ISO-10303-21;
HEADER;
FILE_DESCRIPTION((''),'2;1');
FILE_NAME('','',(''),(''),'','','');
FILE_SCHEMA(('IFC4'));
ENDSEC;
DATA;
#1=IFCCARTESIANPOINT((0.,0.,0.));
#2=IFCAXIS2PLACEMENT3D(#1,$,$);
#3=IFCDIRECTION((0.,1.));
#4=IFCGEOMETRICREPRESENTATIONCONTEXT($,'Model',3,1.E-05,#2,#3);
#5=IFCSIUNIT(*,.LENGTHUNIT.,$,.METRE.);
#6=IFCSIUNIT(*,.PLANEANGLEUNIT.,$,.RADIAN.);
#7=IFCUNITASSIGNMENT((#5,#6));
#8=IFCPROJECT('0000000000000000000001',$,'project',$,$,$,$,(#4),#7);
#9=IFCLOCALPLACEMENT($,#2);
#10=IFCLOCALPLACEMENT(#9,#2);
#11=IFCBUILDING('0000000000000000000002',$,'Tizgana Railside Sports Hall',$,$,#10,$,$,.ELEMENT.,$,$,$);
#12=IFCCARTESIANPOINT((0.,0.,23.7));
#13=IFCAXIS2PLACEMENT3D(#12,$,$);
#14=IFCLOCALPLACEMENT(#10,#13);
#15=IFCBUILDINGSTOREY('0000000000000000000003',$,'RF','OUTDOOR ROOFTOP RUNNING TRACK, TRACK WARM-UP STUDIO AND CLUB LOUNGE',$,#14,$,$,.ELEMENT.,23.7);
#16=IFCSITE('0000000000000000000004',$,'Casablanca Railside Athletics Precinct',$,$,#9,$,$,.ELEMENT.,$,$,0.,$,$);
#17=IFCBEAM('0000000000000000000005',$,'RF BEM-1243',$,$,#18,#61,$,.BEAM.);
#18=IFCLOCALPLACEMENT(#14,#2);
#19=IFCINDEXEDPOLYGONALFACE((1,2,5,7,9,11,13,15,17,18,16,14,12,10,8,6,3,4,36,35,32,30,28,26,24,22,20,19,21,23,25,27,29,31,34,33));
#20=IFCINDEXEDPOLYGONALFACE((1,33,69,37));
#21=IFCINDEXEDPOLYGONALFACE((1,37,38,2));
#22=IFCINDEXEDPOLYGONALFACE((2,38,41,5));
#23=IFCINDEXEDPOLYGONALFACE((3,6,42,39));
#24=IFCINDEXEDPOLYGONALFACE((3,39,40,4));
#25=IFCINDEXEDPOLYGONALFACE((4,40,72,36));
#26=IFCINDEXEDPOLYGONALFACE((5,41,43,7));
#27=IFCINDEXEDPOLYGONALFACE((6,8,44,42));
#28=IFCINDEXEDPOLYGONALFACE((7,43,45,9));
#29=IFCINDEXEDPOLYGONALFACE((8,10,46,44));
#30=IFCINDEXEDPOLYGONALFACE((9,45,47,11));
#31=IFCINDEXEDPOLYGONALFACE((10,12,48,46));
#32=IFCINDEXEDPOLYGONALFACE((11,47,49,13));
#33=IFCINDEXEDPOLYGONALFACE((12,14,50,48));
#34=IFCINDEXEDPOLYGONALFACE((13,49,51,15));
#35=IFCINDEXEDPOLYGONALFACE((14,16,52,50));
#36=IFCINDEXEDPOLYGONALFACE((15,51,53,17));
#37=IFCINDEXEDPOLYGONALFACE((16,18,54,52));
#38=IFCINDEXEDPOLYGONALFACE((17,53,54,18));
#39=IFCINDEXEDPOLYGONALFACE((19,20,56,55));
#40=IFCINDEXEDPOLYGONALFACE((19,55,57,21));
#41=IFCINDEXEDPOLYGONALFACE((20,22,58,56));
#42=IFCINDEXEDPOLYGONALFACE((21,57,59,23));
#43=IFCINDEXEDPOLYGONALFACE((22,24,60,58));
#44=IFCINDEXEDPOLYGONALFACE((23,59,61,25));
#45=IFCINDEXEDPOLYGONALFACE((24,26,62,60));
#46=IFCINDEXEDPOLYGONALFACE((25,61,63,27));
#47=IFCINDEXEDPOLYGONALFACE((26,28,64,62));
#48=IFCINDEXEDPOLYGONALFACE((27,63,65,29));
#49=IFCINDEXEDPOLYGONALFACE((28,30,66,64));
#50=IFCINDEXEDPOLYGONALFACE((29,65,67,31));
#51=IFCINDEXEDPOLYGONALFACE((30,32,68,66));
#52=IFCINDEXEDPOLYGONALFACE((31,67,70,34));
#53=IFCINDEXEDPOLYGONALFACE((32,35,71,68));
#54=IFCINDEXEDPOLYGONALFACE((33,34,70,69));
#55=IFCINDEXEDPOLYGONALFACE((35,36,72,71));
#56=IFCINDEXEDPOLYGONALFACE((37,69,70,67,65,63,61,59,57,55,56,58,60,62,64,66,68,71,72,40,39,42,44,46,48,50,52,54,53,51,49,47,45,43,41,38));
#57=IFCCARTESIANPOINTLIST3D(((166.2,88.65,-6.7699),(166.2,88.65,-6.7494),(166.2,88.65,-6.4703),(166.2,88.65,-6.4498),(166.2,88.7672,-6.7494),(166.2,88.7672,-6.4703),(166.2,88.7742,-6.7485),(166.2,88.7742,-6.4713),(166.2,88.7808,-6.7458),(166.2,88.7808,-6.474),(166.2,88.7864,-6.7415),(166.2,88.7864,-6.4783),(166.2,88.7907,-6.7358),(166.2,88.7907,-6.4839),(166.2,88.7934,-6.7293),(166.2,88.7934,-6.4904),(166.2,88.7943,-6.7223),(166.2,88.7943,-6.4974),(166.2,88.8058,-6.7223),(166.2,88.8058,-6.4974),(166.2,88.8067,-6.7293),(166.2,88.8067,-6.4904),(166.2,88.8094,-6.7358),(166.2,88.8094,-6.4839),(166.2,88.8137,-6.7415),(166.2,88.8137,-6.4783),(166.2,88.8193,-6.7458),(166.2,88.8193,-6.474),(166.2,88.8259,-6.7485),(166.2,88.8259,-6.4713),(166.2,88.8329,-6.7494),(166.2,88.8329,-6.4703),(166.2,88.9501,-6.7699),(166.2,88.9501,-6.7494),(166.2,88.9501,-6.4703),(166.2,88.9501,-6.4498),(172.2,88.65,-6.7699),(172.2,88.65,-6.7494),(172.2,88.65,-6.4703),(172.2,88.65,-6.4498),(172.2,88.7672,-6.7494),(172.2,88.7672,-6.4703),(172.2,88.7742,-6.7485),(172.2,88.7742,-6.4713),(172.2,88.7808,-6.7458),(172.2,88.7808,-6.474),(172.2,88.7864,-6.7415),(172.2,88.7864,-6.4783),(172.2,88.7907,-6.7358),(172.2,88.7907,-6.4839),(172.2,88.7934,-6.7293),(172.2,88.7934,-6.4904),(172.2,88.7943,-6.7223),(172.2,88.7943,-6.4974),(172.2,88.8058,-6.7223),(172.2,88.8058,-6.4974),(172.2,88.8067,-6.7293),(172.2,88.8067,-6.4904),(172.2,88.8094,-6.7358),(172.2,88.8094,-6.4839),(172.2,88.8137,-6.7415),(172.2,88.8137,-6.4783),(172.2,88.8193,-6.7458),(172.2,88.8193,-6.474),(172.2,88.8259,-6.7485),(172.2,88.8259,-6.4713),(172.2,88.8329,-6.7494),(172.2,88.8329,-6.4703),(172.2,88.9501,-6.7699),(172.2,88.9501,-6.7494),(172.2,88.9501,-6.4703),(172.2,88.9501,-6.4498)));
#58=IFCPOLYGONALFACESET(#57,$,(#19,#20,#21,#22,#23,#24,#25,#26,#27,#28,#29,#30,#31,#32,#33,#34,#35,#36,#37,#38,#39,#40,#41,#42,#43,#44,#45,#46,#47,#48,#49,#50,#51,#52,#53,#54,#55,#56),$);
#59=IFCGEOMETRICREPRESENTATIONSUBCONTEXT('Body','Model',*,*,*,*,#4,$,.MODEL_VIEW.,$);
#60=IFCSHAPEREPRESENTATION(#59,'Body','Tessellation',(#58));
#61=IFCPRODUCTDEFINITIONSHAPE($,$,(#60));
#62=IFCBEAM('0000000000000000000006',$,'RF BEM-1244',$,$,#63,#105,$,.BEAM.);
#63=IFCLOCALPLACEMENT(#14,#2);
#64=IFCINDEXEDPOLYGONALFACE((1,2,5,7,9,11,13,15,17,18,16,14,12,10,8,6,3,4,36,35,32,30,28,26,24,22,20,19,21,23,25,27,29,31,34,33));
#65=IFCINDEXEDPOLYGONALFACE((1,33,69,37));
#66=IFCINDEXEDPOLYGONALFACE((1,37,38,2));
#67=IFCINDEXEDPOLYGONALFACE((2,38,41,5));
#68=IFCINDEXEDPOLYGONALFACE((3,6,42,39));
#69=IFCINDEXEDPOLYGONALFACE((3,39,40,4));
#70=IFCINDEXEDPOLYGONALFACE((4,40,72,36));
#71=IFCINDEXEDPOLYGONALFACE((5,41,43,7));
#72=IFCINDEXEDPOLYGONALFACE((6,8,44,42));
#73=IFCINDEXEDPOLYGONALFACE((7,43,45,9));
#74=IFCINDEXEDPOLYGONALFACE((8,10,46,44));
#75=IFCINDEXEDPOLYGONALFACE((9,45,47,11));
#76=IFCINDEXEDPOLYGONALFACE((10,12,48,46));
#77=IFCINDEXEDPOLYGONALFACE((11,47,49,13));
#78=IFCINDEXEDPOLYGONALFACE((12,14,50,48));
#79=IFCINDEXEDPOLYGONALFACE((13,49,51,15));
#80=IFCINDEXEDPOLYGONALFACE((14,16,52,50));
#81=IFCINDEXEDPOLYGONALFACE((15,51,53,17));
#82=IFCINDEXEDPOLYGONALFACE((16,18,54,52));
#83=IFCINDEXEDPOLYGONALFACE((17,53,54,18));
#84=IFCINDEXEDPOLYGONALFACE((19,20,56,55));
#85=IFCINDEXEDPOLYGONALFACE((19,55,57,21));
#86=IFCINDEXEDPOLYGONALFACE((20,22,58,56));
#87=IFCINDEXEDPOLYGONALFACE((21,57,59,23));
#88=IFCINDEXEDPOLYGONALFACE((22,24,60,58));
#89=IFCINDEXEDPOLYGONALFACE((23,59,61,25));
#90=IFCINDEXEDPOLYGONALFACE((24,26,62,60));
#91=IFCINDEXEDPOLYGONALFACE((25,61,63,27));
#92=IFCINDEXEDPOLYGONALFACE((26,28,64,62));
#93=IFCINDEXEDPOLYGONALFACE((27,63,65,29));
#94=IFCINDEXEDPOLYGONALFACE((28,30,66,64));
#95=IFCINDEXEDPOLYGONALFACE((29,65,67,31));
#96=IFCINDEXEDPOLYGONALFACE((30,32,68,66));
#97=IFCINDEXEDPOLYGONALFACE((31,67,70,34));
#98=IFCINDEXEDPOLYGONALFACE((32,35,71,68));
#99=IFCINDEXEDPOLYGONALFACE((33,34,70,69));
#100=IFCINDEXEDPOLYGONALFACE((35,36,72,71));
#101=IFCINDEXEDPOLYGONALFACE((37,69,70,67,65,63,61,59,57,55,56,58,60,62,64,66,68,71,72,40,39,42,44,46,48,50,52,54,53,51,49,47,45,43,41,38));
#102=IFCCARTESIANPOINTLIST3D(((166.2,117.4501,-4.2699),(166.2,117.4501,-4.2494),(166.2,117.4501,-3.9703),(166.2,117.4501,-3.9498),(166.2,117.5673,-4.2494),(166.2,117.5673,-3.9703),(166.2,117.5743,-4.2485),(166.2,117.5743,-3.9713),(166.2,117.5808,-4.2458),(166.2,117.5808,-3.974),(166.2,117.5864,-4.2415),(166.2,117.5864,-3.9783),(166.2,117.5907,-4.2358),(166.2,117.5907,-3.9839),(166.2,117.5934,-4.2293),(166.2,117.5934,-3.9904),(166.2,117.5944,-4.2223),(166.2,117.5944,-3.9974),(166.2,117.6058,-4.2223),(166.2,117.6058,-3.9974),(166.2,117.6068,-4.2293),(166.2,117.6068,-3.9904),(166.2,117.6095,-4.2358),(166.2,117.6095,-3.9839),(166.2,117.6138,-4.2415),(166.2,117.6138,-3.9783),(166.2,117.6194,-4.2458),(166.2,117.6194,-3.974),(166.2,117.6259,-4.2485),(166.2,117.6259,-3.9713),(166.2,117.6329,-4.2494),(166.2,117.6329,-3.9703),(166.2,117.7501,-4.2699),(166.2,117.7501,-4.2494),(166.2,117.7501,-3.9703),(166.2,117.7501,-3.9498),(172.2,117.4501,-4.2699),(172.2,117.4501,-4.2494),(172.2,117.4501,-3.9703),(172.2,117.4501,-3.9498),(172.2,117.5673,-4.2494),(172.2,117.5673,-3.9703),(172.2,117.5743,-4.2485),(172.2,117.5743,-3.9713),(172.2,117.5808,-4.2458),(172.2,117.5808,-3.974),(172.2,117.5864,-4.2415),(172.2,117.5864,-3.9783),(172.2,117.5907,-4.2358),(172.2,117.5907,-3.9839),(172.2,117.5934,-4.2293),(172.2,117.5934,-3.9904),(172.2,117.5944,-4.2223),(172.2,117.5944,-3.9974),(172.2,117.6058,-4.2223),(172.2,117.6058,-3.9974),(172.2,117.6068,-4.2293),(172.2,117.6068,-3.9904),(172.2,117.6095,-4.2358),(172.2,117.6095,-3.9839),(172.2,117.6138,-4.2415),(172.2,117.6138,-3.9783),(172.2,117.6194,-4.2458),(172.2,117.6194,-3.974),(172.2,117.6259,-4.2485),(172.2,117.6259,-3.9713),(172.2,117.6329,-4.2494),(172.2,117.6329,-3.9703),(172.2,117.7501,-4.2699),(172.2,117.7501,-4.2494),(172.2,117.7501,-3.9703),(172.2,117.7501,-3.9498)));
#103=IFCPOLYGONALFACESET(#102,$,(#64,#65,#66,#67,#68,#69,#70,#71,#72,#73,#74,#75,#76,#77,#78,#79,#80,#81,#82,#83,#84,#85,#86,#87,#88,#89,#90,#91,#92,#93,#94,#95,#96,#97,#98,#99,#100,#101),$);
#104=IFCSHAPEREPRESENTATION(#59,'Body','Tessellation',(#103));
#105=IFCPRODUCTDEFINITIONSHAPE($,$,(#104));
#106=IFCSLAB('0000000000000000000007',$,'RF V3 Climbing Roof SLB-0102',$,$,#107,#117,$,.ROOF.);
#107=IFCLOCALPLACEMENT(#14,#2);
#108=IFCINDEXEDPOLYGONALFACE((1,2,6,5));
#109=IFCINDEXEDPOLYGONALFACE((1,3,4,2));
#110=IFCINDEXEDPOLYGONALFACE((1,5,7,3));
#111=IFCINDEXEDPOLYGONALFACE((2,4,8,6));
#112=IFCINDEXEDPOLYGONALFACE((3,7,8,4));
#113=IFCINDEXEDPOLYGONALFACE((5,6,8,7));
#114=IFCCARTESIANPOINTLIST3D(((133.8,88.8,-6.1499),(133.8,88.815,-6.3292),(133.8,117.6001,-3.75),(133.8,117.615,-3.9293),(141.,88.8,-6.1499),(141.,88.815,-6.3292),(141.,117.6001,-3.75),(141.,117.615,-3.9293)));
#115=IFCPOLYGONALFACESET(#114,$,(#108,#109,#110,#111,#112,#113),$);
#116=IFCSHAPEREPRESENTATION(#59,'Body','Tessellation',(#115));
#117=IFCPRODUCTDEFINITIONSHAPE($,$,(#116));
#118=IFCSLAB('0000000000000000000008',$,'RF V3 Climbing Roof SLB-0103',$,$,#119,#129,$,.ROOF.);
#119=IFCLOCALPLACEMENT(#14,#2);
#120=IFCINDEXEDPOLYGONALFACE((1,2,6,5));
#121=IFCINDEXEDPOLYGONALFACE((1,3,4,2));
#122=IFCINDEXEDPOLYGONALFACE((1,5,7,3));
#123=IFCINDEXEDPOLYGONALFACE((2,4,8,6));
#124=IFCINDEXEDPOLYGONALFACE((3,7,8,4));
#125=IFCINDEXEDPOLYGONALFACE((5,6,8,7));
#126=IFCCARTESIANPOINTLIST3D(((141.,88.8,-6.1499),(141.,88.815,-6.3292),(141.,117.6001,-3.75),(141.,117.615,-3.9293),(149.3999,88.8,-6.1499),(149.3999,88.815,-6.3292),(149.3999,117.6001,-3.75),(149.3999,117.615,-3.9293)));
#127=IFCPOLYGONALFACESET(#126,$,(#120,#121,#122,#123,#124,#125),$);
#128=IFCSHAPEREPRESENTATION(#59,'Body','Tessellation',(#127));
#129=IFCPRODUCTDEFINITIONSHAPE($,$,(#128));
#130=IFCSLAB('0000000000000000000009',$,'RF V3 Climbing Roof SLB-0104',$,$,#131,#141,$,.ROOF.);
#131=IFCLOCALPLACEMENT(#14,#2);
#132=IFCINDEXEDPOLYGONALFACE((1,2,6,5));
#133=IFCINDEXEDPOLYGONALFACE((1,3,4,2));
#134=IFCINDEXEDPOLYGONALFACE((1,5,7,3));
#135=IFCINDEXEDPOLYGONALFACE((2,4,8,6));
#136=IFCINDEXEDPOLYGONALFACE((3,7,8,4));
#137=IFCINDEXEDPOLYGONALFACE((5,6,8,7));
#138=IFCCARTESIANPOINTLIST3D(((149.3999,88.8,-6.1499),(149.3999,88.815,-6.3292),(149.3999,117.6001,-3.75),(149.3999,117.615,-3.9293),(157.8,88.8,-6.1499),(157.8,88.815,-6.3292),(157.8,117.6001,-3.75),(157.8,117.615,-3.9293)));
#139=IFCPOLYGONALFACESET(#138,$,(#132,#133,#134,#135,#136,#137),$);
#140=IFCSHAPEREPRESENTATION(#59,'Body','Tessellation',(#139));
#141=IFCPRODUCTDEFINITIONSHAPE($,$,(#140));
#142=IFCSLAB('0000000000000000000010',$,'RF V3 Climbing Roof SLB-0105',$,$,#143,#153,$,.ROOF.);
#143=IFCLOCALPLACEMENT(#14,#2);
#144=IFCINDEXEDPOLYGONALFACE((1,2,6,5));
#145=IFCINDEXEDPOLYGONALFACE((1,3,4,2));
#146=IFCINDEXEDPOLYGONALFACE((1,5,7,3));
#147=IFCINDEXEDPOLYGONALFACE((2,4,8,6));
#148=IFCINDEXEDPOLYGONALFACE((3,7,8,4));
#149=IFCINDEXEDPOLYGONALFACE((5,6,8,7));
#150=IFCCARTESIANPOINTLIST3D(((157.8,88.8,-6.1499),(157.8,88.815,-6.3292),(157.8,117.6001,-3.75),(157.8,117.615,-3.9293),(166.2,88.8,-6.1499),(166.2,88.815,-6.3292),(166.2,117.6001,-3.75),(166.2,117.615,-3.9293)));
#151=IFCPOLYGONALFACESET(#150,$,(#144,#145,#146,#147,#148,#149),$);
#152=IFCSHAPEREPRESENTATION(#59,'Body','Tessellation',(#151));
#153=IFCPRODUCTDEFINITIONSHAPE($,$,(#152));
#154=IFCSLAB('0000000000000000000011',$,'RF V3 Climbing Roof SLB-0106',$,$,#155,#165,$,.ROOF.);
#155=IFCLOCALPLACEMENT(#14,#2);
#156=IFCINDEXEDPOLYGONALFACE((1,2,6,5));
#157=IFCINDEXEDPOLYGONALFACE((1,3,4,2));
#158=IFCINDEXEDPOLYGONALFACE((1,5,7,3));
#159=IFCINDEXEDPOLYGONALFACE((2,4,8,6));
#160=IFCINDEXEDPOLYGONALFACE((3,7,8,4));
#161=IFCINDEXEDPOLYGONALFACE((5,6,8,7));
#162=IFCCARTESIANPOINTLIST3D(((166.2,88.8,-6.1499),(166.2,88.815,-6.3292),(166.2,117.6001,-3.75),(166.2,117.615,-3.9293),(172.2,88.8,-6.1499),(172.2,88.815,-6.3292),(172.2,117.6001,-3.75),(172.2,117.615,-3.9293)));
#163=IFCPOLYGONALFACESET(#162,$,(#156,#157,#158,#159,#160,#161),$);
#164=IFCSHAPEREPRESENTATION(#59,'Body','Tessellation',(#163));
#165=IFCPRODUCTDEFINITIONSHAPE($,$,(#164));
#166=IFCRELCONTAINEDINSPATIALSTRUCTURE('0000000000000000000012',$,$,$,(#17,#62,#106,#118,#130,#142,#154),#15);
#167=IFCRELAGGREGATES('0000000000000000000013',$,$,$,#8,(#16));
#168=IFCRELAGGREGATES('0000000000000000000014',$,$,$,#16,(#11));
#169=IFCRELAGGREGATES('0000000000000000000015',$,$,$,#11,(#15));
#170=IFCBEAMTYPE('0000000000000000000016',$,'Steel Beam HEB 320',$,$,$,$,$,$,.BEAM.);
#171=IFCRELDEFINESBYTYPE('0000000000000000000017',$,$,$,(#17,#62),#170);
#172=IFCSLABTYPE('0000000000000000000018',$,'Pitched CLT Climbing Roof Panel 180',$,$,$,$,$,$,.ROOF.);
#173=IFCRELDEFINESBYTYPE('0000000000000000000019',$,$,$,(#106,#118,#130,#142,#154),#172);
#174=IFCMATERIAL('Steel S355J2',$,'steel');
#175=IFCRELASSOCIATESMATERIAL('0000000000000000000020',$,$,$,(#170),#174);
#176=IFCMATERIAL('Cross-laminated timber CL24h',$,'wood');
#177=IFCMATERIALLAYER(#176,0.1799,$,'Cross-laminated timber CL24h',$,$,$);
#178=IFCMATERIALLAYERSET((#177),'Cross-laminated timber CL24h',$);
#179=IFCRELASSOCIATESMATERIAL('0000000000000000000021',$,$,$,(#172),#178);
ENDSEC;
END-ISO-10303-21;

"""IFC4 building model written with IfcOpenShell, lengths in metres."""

from ifc_helpers import new_model, si_unit, direction, frame, origin, origin_2d, place, context, subcontext, project, spatial, polyline, i_section, outline, extrude, material, layer, layer_set, material_profile, profile_set, type_object, element, save


model = new_model("IFC4")

# Units and contexts
model_context = context("Model", 3, precision=1e-05, world=origin(), true_north=direction((0.0, 1.0)))
body_context = subcontext(model_context, "Body", "Model", "MODEL_VIEW")
ifc_project = project(units=[si_unit("LENGTHUNIT", "METRE"), si_unit("PLANEANGLEUNIT", "RADIAN")], contexts=[model_context])

# Site, building, storey
site_placement = place(None, origin())
site = spatial("IfcSite", under=ifc_project, at=site_placement, Name="Casablanca Railside Athletics Precinct", CompositionType="ELEMENT", RefElevation=0.0)
building_placement = place(site_placement, origin())
building = spatial("IfcBuilding", under=site, at=building_placement, Name="Tizgana Railside Sports Hall", CompositionType="ELEMENT")
storey_placement = place(building_placement, frame((0.0, 0.0, 23.7)))
storey = spatial("IfcBuildingStorey", under=building, at=storey_placement, Name="RF", Description="OUTDOOR ROOFTOP RUNNING TRACK, TRACK WARM-UP STUDIO AND CLUB LOUNGE", CompositionType="ELEMENT", Elevation=23.7)

# Beams
ifc_material_1 = material(Name="Steel S355J2", Category="steel")
ifc_material_profile_1 = material_profile(ifc_material_1, i_section(OverallWidth=0.3, OverallDepth=0.3201, WebThickness=0.0115, FlangeThickness=0.0205, FilletRadius=0.0271, at=origin_2d()), Name="HEB 320")
ifc_profile_set_1 = profile_set([ifc_material_profile_1], Name="Steel S355J2")
beam_type = type_object("IfcBeamType", Name="Steel Beam HEB 320", PredefinedType="BEAM", material=ifc_profile_set_1)
for number, where, z_axis, x_axis, name in (
    (1, (166.2, 88.8, -6.6099), (1.0, 0.0, 0.0), (0.0, 1.0, 0.0), "RF BEM-1243"),
    (2, (166.2, 117.6001, -4.1099), (1.0, 0.0, 0.0), (0.0, 1.0, 0.0), "RF BEM-1244"),
):
    element("IfcBeam", number, at=place(storey_placement, frame(where, z_axis=z_axis, x_axis=x_axis)), inside=storey, type_object=beam_type, Name=name, PredefinedType="BEAM", context=body_context, shape_type="SweptSolid", body=[
        extrude(i_section(OverallWidth=0.3, OverallDepth=0.3201, WebThickness=0.0115, FlangeThickness=0.0205, FilletRadius=0.0271, at=origin_2d()), origin(), (0.0, 0.0, 1.0), 6.0),
    ])

# Slabs
ifc_material_2 = material(Name="Cross-laminated timber CL24h", Category="wood")
ifc_layer = layer(ifc_material_2, 0.1799, Name="Cross-laminated timber CL24h")
ifc_layer_set = layer_set([ifc_layer], Name="Cross-laminated timber CL24h")
slab_type = type_object("IfcSlabType", Name="Pitched CLT Climbing Roof Panel 180", PredefinedType="ROOF", material=ifc_layer_set)
slab_1_placement = place(storey_placement, frame((133.8, 88.8, -6.1499), z_axis=(0.0, -0.083042, 0.996546), x_axis=(1.0, 0.0, 0.0)))
element("IfcSlab", 3, at=slab_1_placement, inside=storey, type_object=slab_type, Name="RF V3 Climbing Roof SLB-0102", PredefinedType="ROOF", context=body_context, shape_type="SweptSolid", body=[
    extrude(outline(polyline([(0.0, 0.0), (7.2, 0.0), (7.2, 28.8999), (0.0, 28.8999), (0.0, 0.0)])), origin(), (0.0, 0.0, -1.0), 0.1799),
])
slab_2_placement = place(storey_placement, frame((141.0, 88.8, -6.1499), z_axis=(0.0, -0.083042, 0.996546), x_axis=(1.0, 0.0, 0.0)))
element("IfcSlab", 4, at=slab_2_placement, inside=storey, type_object=slab_type, Name="RF V3 Climbing Roof SLB-0103", PredefinedType="ROOF", context=body_context, shape_type="SweptSolid", body=[
    extrude(outline(polyline([(0.0, 0.0), (8.3999, 0.0), (8.3999, 28.8999), (0.0, 28.8999), (0.0, 0.0)])), origin(), (0.0, 0.0, -1.0), 0.1799),
])
slab_3_placement = place(storey_placement, frame((149.3999, 88.8, -6.1499), z_axis=(0.0, -0.083042, 0.996546), x_axis=(1.0, 0.0, 0.0)))
element("IfcSlab", 5, at=slab_3_placement, inside=storey, type_object=slab_type, Name="RF V3 Climbing Roof SLB-0104", PredefinedType="ROOF", context=body_context, shape_type="SweptSolid", body=[
    extrude(outline(polyline([(0.0, 0.0), (8.4001, 0.0), (8.4001, 28.8999), (0.0, 28.8999), (0.0, 0.0)])), origin(), (0.0, 0.0, -1.0), 0.1799),
])
slab_4_placement = place(storey_placement, frame((157.8, 88.8, -6.1499), z_axis=(0.0, -0.083042, 0.996546), x_axis=(1.0, 0.0, 0.0)))
element("IfcSlab", 6, at=slab_4_placement, inside=storey, type_object=slab_type, Name="RF V3 Climbing Roof SLB-0105", PredefinedType="ROOF", context=body_context, shape_type="SweptSolid", body=[
    extrude(outline(polyline([(0.0, 0.0), (8.3999, 0.0), (8.3999, 28.8999), (0.0, 28.8999), (0.0, 0.0)])), origin(), (0.0, 0.0, -1.0), 0.1799),
])
slab_5_placement = place(storey_placement, frame((166.2, 88.8, -6.1499), z_axis=(0.0, -0.083042, 0.996546), x_axis=(1.0, 0.0, 0.0)))
element("IfcSlab", 7, at=slab_5_placement, inside=storey, type_object=slab_type, Name="RF V3 Climbing Roof SLB-0106", PredefinedType="ROOF", context=body_context, shape_type="SweptSolid", body=[
    extrude(outline(polyline([(0.0, 0.0), (6.0, 0.0), (6.0, 28.8999), (0.0, 28.8999), (0.0, 0.0)])), origin(), (0.0, 0.0, -1.0), 0.1799),
])

save(model, "model.ifc")
